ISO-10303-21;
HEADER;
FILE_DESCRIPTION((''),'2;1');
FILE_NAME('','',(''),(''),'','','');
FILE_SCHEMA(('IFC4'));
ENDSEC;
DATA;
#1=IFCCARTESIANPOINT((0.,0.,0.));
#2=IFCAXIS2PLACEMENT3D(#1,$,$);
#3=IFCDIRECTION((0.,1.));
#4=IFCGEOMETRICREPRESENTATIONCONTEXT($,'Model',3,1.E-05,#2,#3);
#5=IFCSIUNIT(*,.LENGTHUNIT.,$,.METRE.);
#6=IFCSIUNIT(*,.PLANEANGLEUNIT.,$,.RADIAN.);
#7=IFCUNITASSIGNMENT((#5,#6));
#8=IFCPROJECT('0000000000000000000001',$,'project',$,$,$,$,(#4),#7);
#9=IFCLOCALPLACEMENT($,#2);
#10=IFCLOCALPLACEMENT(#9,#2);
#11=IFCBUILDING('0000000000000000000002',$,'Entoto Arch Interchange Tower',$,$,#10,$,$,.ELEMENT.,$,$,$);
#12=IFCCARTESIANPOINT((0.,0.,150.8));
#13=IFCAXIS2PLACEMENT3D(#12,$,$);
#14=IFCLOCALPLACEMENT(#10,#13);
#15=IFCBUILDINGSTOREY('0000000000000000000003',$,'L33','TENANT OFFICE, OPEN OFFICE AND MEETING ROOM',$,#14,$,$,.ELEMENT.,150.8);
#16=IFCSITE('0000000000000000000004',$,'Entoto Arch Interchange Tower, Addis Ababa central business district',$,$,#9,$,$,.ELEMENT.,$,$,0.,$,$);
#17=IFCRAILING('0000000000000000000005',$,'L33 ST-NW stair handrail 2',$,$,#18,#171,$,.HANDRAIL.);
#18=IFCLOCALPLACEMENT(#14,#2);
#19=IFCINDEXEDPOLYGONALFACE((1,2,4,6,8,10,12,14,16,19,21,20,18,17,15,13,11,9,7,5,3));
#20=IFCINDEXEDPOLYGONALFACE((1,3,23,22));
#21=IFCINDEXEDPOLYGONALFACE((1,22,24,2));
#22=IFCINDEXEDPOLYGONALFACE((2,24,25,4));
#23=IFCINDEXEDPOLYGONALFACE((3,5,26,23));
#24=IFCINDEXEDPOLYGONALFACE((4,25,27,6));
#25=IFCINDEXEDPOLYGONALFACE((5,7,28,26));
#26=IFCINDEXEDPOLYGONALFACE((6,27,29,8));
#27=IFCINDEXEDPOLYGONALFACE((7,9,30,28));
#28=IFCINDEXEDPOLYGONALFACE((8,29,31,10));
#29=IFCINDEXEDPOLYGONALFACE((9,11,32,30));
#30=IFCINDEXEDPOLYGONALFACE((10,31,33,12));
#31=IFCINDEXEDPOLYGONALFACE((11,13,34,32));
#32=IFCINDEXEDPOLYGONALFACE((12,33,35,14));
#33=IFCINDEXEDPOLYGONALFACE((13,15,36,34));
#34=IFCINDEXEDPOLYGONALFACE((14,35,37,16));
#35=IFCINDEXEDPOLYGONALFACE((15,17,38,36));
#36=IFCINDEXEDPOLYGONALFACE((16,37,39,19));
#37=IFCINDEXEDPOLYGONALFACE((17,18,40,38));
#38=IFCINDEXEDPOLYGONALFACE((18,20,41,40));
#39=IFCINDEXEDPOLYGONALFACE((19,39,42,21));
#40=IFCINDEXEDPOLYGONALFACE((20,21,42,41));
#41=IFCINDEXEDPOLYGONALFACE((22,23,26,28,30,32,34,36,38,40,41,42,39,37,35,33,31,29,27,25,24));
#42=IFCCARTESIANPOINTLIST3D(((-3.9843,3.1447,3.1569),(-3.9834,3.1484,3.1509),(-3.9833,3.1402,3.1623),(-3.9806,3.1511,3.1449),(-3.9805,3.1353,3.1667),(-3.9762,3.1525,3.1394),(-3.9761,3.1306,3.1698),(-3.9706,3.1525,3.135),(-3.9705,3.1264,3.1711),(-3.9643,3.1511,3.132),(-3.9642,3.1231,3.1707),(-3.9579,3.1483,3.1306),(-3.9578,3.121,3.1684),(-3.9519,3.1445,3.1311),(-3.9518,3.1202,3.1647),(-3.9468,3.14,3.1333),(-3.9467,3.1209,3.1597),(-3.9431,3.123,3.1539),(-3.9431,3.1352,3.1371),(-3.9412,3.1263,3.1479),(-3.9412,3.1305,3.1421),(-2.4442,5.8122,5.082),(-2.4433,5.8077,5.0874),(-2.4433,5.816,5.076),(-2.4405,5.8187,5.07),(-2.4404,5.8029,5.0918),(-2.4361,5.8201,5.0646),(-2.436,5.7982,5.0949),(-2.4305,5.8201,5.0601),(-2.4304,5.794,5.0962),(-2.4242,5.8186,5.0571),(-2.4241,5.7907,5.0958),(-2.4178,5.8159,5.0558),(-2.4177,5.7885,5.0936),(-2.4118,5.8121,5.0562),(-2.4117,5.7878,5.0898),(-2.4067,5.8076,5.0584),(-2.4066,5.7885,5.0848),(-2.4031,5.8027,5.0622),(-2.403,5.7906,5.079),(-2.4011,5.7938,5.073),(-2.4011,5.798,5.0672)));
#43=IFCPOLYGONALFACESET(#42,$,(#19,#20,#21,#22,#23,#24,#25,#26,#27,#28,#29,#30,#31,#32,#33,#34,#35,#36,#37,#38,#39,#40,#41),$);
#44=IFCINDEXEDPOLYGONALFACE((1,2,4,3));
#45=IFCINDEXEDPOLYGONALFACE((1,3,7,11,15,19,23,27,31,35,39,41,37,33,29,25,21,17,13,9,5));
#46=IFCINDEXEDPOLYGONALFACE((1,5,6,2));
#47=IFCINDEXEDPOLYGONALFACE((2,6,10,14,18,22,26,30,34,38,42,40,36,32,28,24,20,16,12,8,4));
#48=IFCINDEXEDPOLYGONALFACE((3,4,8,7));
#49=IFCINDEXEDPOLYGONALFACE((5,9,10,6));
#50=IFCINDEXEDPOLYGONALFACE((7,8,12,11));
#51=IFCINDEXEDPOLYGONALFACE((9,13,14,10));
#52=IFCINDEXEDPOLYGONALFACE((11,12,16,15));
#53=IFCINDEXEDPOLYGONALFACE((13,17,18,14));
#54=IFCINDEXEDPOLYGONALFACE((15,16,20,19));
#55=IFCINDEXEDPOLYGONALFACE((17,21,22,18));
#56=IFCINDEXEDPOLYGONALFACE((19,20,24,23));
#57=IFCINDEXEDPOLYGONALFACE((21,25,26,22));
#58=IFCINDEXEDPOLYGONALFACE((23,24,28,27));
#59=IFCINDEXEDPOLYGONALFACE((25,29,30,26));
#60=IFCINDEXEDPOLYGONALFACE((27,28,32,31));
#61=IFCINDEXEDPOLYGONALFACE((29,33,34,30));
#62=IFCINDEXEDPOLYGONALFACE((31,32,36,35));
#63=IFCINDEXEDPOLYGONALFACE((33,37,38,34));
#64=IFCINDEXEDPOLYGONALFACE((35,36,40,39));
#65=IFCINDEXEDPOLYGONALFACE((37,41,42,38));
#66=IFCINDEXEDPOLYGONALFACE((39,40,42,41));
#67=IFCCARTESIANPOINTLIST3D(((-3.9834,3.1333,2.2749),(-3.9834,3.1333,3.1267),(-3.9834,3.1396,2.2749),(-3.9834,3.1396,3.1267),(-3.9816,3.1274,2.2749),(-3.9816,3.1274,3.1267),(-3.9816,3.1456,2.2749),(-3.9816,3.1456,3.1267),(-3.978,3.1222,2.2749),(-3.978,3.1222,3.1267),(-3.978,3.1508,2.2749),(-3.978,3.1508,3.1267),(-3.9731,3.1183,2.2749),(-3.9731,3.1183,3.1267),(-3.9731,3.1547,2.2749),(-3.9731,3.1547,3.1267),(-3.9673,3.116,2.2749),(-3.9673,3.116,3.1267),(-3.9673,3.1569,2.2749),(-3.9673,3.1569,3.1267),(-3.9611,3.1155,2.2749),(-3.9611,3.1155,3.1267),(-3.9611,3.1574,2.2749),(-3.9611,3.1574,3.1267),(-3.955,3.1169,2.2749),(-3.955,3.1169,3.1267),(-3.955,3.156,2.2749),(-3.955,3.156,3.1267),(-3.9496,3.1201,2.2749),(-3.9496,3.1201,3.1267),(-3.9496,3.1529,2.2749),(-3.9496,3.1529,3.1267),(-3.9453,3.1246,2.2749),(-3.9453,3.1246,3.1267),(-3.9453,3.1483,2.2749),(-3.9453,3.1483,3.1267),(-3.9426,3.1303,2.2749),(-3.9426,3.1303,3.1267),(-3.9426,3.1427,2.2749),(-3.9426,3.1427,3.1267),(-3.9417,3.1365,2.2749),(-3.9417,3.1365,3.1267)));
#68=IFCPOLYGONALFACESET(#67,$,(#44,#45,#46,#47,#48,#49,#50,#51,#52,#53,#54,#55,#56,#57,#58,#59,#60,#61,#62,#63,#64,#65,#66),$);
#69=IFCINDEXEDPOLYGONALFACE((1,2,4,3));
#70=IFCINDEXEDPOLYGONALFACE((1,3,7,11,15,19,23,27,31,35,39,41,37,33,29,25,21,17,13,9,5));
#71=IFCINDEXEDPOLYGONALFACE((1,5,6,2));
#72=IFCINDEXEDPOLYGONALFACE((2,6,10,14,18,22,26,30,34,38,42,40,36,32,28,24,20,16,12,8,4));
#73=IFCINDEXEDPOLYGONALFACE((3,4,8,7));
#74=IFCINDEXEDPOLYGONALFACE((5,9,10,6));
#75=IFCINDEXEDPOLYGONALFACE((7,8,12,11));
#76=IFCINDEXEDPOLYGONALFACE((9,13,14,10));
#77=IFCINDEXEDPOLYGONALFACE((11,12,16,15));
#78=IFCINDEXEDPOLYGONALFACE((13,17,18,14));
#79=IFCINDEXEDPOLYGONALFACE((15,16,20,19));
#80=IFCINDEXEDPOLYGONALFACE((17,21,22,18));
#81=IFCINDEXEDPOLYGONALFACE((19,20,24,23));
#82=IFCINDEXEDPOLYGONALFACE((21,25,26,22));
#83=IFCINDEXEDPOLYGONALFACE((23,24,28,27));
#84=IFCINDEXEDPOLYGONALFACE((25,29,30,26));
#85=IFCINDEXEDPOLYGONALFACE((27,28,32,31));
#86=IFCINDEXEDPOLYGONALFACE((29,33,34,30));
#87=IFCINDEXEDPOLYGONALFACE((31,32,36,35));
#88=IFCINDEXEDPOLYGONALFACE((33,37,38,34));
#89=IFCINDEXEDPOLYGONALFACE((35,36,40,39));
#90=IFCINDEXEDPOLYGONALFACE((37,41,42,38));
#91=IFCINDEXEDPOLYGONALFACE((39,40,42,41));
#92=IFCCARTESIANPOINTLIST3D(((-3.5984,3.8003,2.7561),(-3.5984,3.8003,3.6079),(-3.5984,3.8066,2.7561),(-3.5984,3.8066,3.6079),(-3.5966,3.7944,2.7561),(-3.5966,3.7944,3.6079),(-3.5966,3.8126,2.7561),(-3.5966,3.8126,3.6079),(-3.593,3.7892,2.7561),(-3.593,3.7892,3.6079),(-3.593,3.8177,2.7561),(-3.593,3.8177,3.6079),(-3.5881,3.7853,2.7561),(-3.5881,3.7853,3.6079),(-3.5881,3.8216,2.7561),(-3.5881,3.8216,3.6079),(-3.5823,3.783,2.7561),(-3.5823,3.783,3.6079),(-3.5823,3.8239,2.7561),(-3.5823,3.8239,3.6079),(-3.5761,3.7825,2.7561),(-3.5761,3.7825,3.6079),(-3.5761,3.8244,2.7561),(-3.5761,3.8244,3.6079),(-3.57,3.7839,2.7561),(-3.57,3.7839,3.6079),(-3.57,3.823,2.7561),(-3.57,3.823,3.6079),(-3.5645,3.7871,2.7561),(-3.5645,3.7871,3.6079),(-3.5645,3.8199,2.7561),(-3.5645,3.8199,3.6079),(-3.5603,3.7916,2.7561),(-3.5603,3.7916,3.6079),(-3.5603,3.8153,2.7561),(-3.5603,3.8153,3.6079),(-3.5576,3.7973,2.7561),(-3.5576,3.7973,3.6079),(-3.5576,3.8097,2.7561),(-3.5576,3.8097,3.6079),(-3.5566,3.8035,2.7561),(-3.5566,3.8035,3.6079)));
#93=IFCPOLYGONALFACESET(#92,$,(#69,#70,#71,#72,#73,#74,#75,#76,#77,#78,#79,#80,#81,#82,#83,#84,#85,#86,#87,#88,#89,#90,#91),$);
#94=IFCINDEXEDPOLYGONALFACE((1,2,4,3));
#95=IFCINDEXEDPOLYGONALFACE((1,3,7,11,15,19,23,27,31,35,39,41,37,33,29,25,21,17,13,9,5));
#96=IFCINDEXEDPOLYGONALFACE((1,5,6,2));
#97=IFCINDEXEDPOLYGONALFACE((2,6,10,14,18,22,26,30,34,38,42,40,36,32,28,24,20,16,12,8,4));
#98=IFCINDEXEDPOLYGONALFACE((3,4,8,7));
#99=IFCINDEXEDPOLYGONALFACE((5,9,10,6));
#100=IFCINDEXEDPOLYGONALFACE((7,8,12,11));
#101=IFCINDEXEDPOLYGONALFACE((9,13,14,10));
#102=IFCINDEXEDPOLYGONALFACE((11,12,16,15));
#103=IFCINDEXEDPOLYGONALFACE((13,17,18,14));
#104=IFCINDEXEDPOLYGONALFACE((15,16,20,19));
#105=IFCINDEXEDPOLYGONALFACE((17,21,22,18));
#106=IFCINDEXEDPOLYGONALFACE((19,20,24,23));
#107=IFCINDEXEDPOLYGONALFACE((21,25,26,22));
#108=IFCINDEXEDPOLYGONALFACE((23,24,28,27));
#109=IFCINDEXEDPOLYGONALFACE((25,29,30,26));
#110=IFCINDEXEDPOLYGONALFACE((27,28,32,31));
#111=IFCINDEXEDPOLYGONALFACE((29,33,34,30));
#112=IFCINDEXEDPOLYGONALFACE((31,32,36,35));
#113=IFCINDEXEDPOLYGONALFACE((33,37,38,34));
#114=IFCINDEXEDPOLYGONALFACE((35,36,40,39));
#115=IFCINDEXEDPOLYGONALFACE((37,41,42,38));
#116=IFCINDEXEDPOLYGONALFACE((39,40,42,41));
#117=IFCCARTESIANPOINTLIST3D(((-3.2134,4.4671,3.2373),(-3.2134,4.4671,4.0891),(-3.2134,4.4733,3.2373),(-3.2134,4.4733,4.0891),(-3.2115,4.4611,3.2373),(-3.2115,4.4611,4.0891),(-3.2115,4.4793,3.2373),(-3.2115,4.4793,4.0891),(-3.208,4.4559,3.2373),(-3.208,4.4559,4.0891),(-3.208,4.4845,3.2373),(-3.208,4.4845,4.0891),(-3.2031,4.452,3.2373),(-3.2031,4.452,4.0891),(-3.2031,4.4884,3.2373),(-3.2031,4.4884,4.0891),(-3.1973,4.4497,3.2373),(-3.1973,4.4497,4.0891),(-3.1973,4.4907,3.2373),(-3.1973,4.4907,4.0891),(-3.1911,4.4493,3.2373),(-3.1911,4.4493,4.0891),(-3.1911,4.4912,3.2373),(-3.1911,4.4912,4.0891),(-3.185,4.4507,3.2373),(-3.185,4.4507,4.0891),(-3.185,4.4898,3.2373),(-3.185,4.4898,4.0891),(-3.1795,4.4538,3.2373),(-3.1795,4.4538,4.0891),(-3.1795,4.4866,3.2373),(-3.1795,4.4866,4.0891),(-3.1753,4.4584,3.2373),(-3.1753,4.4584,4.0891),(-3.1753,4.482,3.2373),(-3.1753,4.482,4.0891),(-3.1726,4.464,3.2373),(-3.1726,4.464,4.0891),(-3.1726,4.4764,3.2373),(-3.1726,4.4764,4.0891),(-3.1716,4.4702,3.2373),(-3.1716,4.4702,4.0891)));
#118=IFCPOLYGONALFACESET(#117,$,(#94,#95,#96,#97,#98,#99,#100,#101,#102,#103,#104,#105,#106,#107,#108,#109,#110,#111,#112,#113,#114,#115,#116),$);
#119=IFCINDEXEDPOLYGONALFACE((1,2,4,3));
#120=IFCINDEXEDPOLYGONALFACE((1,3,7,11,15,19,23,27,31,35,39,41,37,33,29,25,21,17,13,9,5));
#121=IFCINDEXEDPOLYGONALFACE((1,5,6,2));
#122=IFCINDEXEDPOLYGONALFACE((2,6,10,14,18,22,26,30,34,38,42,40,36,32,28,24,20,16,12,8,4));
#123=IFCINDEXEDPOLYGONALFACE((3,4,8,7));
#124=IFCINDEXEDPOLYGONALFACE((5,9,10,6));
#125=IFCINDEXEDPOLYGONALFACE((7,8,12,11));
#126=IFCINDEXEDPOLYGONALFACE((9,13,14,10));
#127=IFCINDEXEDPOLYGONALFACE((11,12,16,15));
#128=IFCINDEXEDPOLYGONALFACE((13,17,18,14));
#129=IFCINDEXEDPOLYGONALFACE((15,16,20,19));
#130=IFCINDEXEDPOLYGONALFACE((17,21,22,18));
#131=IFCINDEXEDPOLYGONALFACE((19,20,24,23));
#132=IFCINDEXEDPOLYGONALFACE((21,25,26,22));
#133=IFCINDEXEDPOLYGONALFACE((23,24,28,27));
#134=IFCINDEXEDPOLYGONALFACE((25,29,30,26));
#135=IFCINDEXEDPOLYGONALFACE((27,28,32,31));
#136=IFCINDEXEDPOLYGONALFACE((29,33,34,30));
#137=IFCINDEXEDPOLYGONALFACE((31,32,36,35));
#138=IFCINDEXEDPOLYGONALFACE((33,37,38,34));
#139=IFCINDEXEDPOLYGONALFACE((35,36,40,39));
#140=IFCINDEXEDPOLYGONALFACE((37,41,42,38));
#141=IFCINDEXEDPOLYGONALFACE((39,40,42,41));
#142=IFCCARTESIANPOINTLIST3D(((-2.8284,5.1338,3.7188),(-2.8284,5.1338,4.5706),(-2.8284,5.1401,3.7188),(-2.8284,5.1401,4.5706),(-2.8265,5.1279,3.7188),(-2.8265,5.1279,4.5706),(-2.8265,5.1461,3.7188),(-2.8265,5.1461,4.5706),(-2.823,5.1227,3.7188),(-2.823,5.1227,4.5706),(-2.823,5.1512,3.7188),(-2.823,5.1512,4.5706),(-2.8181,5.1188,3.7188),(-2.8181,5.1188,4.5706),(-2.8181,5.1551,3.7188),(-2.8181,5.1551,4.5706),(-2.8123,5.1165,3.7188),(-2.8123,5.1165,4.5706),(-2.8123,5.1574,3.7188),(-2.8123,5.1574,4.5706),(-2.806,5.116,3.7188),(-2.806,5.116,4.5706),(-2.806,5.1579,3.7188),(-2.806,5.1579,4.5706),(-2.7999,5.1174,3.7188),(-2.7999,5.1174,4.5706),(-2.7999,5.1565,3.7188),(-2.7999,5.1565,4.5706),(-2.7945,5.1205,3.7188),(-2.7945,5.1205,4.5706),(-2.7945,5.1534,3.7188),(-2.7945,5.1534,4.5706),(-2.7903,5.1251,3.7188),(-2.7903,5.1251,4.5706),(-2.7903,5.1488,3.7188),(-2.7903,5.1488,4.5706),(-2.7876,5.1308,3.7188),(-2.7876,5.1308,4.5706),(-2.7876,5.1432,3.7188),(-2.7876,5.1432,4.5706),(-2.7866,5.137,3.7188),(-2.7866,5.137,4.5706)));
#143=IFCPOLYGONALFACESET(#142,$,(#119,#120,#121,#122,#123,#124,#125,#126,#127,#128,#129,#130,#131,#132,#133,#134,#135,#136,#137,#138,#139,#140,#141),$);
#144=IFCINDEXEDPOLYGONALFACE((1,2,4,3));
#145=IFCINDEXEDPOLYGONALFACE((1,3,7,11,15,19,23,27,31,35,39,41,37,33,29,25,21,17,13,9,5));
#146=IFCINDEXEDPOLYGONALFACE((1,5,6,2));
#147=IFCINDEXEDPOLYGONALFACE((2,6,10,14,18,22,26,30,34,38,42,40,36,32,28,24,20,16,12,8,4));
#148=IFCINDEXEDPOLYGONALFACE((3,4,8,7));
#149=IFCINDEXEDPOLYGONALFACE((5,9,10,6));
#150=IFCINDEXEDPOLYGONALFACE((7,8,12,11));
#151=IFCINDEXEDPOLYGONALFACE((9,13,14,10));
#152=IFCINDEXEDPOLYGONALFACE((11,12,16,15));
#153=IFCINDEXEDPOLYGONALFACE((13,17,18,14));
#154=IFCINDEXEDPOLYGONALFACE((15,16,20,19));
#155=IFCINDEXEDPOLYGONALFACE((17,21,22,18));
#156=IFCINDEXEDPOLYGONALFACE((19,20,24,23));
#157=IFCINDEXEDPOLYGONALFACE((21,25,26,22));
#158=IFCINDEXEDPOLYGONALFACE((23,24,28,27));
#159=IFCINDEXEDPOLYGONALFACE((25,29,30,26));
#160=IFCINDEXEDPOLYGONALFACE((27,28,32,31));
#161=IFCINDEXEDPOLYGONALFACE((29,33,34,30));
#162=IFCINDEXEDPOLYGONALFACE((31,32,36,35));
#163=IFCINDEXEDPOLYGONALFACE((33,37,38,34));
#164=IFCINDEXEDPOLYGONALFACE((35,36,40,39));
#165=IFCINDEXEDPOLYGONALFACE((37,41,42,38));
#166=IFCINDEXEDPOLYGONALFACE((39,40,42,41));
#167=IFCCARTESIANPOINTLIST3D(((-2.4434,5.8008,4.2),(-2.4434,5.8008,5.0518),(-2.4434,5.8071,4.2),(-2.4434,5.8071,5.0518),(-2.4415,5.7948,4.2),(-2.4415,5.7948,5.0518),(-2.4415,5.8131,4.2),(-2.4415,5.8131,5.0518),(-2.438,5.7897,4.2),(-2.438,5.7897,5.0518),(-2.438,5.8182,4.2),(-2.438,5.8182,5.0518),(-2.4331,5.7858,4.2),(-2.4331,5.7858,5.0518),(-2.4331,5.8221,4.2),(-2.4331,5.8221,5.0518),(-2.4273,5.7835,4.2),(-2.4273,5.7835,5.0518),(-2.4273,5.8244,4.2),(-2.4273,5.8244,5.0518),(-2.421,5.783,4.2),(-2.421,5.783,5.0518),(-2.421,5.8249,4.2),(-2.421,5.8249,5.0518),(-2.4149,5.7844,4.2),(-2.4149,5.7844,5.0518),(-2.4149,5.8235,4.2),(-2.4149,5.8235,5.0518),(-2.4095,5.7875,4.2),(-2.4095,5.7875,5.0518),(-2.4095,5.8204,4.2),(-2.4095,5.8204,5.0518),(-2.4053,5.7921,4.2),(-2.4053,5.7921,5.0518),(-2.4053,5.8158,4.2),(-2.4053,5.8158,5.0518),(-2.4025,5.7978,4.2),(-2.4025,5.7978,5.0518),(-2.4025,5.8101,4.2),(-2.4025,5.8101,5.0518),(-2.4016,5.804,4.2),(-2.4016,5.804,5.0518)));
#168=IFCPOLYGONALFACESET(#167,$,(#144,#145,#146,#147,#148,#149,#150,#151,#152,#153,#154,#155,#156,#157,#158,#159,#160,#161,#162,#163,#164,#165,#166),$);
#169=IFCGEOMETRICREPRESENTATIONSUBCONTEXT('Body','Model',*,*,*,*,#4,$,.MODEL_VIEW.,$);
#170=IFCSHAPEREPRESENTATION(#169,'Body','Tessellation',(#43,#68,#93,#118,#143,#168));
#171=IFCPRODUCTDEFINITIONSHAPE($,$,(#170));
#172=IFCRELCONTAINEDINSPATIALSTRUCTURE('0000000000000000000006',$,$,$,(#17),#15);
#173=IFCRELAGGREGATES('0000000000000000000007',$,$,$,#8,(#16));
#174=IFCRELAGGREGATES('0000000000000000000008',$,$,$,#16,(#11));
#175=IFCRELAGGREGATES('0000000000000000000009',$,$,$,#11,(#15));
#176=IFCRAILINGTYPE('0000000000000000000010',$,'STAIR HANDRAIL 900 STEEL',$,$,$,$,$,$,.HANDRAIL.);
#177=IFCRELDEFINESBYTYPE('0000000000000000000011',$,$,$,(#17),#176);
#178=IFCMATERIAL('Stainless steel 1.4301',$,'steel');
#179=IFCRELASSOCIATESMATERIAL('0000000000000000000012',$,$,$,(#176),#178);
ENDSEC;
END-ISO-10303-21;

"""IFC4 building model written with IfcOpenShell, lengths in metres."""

from ifc_helpers import new_model, si_unit, direction, frame, origin, origin_2d, place, context, subcontext, project, spatial, circle, extrude, material, type_object, element, save


model = new_model("IFC4")

# Units and contexts
model_context = context("Model", 3, precision=1e-05, world=origin(), true_north=direction((0.0, 1.0)))
body_context = subcontext(model_context, "Body", "Model", "MODEL_VIEW")
ifc_project = project(units=[si_unit("LENGTHUNIT", "METRE"), si_unit("PLANEANGLEUNIT", "RADIAN")], contexts=[model_context])

# Site, building, storey
site_placement = place(None, origin())
site = spatial("IfcSite", under=ifc_project, at=site_placement, Name="Entoto Arch Interchange Tower, Addis Ababa central business district", CompositionType="ELEMENT", RefElevation=0.0)
building_placement = place(site_placement, origin())
building = spatial("IfcBuilding", under=site, at=building_placement, Name="Entoto Arch Interchange Tower", CompositionType="ELEMENT")
storey_placement = place(building_placement, frame((0.0, 0.0, 150.8)))
storey = spatial("IfcBuildingStorey", under=building, at=storey_placement, Name="L33", Description="TENANT OFFICE, OPEN OFFICE AND MEETING ROOM", CompositionType="ELEMENT", Elevation=150.8)

# Railing
ifc_material_1 = material(Name="Stainless steel 1.4301", Category="steel")
railing_type_1 = type_object("IfcRailingType", Name="STAIR HANDRAIL 900 STEEL", PredefinedType="HANDRAIL", material=ifc_material_1)
railing_1_placement = place(storey_placement, frame((-3.9626, 3.1365, 2.2749)))
element("IfcRailing", 1, at=railing_1_placement, inside=storey, type_object=railing_type_1, Name="L33 ST-NW stair handrail 2", PredefinedType="HANDRAIL", context=body_context, shape_type="SweptSolid", body=[
    extrude(circle(Radius=0.0239, at=origin_2d()), frame((0.0, 0.0, 0.876), z_axis=(0.423994, 0.734395, 0.529993), x_axis=(-0.86603, 0.499992, 0.0)), (0.0, 0.0, 1.0), 3.6323),
    extrude(circle(Radius=0.021, at=origin_2d()), origin(), (0.0, 0.0, 1.0), 0.8518),
    extrude(circle(Radius=0.021, at=origin_2d()), frame((0.385, 0.667, 0.4812)), (0.0, 0.0, 1.0), 0.8518),
    extrude(circle(Radius=0.021, at=origin_2d()), frame((0.77, 1.3337, 0.9624)), (0.0, 0.0, 1.0), 0.8518),
    extrude(circle(Radius=0.021, at=origin_2d()), frame((1.155, 2.0005, 1.4438)), (0.0, 0.0, 1.0), 0.8518),
    extrude(circle(Radius=0.021, at=origin_2d()), frame((1.54, 2.6675, 1.925)), (0.0, 0.0, 1.0), 0.8518),
])

save(model, "model.ifc")
